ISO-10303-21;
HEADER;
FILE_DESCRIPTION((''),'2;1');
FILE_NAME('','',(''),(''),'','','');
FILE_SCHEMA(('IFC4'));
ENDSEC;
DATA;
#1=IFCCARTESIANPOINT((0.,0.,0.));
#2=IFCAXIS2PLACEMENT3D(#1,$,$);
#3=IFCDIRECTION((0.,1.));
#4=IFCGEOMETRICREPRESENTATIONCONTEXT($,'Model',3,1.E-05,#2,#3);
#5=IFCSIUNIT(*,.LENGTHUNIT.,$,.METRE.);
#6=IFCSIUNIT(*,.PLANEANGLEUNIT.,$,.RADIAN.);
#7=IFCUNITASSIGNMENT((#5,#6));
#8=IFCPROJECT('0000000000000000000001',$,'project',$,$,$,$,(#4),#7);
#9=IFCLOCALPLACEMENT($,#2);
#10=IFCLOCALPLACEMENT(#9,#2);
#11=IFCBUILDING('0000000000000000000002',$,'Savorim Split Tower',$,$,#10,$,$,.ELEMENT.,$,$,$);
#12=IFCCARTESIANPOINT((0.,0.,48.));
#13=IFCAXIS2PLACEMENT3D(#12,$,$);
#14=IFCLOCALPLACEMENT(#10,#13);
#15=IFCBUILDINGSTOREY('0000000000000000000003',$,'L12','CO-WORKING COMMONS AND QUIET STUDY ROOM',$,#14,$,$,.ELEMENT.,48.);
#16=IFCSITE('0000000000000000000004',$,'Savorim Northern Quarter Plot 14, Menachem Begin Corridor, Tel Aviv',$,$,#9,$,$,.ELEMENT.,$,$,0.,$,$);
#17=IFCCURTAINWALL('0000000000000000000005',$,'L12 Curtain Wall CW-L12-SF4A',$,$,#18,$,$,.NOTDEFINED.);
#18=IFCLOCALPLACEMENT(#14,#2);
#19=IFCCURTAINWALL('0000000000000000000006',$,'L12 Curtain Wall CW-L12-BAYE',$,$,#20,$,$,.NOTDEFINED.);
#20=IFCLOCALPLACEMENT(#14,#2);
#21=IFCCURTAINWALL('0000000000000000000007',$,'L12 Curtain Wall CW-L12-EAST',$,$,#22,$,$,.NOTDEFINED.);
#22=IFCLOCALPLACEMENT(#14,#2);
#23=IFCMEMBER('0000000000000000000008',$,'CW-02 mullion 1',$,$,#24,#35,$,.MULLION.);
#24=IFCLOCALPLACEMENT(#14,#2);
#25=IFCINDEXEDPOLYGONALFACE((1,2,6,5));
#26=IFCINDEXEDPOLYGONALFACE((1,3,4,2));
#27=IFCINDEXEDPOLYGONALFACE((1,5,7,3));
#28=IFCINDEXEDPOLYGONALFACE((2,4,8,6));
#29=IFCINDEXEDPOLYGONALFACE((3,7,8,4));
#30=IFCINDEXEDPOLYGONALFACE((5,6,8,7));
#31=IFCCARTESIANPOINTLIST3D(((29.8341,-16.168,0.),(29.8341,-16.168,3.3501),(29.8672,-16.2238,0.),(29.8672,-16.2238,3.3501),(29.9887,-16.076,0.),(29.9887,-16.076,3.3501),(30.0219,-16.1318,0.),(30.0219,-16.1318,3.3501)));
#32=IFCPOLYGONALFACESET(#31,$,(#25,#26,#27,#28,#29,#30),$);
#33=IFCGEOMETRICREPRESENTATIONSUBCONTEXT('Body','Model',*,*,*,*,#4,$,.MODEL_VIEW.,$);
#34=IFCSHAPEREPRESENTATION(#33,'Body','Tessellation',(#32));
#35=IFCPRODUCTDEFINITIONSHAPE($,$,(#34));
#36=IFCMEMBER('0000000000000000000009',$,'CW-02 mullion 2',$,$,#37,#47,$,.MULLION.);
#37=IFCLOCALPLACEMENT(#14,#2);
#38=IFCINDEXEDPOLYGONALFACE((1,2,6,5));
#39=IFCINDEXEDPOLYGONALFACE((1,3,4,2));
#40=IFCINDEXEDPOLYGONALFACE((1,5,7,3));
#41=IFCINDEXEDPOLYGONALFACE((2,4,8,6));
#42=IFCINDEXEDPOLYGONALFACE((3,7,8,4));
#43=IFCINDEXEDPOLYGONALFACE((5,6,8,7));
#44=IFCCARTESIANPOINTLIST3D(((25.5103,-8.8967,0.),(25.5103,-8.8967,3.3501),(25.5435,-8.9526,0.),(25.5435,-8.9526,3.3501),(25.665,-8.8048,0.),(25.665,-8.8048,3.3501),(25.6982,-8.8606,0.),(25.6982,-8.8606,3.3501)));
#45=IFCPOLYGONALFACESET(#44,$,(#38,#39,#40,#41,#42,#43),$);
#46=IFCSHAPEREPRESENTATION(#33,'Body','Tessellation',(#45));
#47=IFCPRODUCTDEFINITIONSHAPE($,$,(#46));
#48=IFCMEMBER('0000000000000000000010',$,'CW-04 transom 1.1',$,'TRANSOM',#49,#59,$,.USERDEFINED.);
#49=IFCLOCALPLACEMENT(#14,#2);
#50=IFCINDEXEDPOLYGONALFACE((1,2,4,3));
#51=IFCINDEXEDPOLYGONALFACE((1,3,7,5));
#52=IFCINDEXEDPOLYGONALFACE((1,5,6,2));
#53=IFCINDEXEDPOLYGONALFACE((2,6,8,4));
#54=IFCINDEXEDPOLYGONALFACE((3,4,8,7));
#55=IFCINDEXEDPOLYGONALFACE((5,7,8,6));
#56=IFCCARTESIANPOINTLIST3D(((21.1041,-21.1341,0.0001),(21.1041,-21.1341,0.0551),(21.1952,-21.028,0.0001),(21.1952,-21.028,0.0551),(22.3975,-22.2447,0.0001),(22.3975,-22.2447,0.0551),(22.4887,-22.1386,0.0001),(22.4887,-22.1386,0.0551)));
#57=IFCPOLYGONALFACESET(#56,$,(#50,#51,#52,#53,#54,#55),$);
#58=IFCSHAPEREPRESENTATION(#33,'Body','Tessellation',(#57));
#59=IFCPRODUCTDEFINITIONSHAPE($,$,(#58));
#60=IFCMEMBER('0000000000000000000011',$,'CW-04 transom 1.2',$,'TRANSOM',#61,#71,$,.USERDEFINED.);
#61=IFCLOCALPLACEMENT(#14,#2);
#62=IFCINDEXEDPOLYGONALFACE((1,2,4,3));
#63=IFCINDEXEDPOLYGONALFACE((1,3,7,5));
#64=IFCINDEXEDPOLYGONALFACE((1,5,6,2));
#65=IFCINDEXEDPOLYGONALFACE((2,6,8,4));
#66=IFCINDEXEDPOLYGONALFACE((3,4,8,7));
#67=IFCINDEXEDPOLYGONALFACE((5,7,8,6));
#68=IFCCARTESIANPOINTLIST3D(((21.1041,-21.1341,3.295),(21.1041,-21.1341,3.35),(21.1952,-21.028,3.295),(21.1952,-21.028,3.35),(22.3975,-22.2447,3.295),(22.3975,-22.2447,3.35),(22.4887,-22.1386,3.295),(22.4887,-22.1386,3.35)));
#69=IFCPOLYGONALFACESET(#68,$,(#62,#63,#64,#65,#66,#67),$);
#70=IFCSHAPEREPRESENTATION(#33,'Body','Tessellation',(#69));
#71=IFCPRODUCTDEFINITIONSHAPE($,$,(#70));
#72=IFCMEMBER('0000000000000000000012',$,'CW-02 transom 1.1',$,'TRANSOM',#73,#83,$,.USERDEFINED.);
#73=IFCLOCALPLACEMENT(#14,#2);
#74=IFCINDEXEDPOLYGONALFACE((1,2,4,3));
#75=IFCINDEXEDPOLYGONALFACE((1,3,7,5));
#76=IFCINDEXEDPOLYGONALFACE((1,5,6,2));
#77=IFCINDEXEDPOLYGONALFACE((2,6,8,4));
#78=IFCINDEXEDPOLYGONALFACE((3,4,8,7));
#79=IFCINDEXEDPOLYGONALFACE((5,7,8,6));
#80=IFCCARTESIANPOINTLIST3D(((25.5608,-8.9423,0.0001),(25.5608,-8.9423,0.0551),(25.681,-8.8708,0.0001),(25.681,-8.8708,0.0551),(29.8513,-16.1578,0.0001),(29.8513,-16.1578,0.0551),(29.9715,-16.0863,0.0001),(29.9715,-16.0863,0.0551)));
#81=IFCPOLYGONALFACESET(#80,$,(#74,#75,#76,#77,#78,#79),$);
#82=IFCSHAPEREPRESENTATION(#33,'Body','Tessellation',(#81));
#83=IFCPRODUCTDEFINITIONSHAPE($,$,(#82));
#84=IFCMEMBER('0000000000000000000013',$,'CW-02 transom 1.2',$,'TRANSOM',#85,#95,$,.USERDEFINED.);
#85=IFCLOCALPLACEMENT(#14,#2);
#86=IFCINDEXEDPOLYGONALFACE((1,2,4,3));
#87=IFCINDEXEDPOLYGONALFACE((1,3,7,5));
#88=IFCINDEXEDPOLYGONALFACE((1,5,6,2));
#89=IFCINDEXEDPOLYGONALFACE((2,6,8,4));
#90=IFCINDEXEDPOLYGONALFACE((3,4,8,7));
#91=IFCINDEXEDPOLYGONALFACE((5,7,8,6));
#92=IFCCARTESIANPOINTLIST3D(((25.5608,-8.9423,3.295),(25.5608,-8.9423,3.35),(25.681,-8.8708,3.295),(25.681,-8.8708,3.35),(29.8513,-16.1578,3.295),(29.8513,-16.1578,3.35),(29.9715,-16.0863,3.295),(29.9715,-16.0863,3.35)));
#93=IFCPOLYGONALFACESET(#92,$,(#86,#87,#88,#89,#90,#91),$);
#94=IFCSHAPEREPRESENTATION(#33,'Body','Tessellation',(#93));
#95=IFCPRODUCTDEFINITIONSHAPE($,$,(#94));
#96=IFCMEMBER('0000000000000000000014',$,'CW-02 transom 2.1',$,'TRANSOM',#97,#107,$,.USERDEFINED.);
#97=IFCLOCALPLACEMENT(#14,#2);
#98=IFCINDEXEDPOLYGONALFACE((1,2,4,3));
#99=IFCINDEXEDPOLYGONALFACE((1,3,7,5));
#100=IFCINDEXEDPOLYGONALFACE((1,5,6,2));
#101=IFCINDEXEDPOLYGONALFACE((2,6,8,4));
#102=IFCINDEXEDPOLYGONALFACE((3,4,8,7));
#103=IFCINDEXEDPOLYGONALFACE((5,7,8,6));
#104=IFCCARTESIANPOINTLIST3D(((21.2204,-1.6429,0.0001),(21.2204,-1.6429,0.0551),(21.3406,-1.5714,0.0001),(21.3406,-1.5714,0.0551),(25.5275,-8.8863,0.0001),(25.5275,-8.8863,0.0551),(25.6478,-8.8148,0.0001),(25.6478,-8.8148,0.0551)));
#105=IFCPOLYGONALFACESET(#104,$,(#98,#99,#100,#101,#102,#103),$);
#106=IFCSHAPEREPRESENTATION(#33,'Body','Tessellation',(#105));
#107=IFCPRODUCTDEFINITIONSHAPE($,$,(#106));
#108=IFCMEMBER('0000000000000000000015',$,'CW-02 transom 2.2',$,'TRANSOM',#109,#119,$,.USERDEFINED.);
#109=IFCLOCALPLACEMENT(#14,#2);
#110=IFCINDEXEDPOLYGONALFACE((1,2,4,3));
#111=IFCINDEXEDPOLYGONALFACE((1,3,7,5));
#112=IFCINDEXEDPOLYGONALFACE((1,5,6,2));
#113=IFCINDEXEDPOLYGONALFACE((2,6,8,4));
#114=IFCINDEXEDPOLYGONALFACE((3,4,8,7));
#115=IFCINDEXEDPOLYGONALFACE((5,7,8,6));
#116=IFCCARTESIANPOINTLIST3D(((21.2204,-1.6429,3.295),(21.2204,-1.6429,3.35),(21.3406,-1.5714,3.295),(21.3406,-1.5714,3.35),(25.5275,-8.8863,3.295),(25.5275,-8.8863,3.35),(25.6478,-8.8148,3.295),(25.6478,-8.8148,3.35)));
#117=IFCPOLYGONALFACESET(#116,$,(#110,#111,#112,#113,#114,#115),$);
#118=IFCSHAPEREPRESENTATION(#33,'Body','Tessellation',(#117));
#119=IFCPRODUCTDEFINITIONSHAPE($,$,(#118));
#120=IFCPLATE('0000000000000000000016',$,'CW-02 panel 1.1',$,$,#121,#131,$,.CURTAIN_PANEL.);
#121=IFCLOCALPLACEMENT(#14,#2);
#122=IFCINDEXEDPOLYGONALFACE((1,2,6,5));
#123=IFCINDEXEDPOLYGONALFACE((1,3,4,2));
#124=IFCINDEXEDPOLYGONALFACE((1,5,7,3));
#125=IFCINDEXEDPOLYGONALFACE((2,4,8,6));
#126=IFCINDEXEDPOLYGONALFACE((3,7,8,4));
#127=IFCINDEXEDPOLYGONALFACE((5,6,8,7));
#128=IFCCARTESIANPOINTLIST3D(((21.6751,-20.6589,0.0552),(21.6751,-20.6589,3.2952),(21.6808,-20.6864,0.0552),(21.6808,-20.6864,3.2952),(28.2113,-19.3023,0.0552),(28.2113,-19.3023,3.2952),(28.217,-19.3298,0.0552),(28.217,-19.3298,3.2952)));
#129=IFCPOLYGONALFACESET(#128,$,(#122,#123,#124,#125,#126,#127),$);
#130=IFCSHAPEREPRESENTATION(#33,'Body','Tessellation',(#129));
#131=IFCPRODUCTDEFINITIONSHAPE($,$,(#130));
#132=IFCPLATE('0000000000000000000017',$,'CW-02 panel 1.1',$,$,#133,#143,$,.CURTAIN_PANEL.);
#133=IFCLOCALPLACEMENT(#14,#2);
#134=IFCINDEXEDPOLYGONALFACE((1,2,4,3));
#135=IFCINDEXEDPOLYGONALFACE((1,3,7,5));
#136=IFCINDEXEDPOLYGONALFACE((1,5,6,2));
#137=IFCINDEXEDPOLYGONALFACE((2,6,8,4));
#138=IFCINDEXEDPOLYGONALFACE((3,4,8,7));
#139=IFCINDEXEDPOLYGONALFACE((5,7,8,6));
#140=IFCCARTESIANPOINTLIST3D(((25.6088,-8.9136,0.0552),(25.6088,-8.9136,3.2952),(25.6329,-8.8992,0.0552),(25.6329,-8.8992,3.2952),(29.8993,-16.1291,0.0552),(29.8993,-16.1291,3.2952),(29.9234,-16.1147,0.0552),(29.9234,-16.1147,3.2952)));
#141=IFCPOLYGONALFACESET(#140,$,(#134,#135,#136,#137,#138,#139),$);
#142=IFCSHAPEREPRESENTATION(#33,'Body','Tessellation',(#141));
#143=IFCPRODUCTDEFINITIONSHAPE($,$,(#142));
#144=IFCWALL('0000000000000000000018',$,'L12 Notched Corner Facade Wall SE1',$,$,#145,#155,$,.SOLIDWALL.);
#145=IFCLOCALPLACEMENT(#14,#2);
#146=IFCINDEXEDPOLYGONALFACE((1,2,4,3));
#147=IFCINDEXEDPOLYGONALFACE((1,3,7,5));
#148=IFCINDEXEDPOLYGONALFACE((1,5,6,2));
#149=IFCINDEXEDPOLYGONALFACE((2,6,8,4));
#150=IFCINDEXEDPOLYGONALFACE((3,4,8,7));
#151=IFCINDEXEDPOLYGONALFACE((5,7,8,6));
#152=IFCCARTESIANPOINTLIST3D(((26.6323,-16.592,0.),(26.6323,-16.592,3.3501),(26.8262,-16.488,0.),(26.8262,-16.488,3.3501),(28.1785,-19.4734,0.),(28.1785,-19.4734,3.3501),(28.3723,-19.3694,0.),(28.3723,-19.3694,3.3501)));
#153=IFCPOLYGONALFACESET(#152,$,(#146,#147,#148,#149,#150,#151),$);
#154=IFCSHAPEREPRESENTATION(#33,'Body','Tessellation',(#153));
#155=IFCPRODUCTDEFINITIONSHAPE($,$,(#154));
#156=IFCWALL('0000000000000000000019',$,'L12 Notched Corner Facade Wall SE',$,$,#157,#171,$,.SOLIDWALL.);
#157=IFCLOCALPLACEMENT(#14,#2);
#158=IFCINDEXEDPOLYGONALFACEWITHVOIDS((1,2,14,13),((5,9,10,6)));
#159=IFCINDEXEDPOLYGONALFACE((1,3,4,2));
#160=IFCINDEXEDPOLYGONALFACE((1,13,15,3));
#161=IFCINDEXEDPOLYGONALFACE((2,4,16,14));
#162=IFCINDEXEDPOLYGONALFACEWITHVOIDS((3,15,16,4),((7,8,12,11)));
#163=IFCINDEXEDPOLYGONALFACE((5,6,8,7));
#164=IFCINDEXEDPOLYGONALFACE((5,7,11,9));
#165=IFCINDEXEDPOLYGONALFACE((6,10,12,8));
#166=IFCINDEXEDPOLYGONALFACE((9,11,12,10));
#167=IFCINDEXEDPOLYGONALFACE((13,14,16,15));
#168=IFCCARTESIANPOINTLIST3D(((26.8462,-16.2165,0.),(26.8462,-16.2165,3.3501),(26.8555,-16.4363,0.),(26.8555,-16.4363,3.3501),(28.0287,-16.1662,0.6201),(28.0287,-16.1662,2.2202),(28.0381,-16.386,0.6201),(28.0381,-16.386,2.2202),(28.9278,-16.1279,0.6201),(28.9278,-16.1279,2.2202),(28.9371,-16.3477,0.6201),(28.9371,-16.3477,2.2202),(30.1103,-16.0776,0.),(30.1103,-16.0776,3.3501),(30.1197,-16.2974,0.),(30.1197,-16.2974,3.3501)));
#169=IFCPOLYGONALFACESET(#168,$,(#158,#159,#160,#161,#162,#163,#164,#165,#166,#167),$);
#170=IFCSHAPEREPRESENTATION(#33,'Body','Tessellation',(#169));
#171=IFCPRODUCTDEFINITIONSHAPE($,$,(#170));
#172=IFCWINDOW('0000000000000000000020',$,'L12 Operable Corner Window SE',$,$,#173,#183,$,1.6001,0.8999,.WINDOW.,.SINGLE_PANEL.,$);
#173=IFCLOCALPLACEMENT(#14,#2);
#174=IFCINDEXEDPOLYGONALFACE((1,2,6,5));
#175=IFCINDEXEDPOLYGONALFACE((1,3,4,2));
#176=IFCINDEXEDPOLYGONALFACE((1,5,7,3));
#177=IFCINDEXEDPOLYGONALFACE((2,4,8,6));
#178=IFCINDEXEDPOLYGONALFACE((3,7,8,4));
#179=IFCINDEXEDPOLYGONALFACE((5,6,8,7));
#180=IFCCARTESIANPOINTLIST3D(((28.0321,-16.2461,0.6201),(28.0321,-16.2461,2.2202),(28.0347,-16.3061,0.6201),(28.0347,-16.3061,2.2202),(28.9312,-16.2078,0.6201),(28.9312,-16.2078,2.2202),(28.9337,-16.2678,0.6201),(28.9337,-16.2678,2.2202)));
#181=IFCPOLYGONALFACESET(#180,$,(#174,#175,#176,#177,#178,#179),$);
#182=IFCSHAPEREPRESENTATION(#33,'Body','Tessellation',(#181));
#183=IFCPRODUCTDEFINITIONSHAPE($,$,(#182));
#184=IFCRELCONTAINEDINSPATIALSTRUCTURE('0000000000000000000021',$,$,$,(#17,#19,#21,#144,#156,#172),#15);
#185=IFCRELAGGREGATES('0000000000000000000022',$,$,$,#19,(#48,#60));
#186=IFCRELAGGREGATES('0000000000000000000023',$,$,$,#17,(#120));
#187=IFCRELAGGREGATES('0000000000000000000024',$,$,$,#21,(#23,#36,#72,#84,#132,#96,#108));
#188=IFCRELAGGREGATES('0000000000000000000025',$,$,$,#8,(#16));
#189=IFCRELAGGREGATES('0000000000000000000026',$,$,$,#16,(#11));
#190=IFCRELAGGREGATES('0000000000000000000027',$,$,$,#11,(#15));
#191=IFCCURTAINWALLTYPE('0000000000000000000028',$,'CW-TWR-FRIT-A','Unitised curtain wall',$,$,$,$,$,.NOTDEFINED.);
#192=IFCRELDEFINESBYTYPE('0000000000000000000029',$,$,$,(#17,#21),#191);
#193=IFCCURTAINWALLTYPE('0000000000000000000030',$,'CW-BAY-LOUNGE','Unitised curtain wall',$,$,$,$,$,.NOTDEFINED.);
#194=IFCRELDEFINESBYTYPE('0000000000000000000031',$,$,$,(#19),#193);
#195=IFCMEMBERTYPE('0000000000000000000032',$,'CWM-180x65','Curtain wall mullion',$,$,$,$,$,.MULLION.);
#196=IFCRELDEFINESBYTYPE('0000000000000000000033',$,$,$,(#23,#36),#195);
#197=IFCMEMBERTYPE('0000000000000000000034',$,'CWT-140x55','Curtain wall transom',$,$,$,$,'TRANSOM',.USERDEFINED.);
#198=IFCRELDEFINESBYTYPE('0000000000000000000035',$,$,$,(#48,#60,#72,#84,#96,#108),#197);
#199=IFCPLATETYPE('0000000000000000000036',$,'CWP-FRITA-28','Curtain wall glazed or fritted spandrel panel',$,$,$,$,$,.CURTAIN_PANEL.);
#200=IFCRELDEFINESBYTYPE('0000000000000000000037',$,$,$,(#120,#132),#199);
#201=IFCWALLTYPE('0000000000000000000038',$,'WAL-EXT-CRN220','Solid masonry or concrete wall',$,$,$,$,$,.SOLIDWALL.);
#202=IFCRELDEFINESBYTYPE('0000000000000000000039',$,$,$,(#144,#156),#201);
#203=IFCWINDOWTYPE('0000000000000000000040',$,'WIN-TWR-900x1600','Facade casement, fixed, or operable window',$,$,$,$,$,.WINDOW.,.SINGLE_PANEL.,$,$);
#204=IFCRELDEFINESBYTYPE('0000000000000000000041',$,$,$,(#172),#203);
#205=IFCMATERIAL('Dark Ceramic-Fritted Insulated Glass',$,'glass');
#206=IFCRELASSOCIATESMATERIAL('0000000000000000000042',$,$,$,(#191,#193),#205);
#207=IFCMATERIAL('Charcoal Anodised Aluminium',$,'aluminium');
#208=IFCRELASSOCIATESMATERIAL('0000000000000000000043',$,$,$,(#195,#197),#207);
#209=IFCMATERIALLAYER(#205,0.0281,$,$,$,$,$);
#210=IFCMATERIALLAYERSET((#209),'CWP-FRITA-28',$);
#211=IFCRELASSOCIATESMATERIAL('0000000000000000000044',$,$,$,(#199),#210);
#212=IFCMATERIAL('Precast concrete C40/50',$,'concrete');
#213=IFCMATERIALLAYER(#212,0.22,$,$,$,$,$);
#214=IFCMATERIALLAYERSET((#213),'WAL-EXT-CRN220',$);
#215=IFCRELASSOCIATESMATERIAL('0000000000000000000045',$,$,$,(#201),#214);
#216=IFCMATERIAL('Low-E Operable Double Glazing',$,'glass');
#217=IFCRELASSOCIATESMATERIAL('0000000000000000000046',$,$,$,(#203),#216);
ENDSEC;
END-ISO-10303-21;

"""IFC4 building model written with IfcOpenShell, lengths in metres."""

from ifc_helpers import new_model, si_unit, direction, frame, frame_2d, origin, origin_2d, place, context, subcontext, project, spatial, rectangle, extrude, material, layer, layer_set, material_profile, profile_set, type_object, element, fill, aggregate, save


model = new_model("IFC4")

# Units and contexts
model_context = context("Model", 3, precision=1e-05, world=origin(), true_north=direction((0.0, 1.0)))
body_context = subcontext(model_context, "Body", "Model", "MODEL_VIEW")
ifc_project = project(units=[si_unit("LENGTHUNIT", "METRE"), si_unit("PLANEANGLEUNIT", "RADIAN")], contexts=[model_context])

# Site, building, storey
site_placement = place(None, origin())
site = spatial("IfcSite", under=ifc_project, at=site_placement, Name="Savorim Northern Quarter Plot 14, Menachem Begin Corridor, Tel Aviv", CompositionType="ELEMENT", RefElevation=0.0)
building_placement = place(site_placement, origin())
building = spatial("IfcBuilding", under=site, at=building_placement, Name="Savorim Split Tower", CompositionType="ELEMENT")
storey_placement = place(building_placement, frame((0.0, 0.0, 48.0)))
storey = spatial("IfcBuildingStorey", under=building, at=storey_placement, Name="L12", Description="CO-WORKING COMMONS AND QUIET STUDY ROOM", CompositionType="ELEMENT", Elevation=48.0)

# Curtain walls
ifc_material_1 = material(Name="Dark Ceramic-Fritted Insulated Glass", Category="glass")
curtain_wall_type_1 = type_object("IfcCurtainWallType", Name="CW-TWR-FRIT-A", Description="Unitised curtain wall", PredefinedType="NOTDEFINED", material=ifc_material_1)
curtain_wall_1_placement = place(storey_placement, origin())
curtain_wall_1 = element("IfcCurtainWall", 1, at=curtain_wall_1_placement, inside=storey, type_object=curtain_wall_type_1, Name="L12 Curtain Wall CW-L12-SF4A", PredefinedType="NOTDEFINED")
ifc_material_2 = material(Name="Charcoal Anodised Aluminium", Category="aluminium")
ifc_material_profile_1 = material_profile(ifc_material_2, rectangle(XDim=0.1799, YDim=0.0649, at=origin_2d()), Name="ALU-M 180x65")
ifc_profile_set_1 = profile_set([ifc_material_profile_1], Name="Charcoal Anodised Aluminium")
member_type_1 = type_object("IfcMemberType", Name="CWM-180x65", Description="Curtain wall mullion", PredefinedType="MULLION", material=ifc_profile_set_1)
curtain_wall_type_2 = type_object("IfcCurtainWallType", Name="CW-BAY-LOUNGE", Description="Unitised curtain wall", PredefinedType="NOTDEFINED", material=ifc_material_1)
curtain_wall_2_placement = place(storey_placement, origin())
curtain_wall_2 = element("IfcCurtainWall", 2, at=curtain_wall_2_placement, inside=storey, type_object=curtain_wall_type_2, Name="L12 Curtain Wall CW-L12-BAYE", PredefinedType="NOTDEFINED")

# Curtain wall, members
curtain_wall_3_placement = place(storey_placement, origin())
curtain_wall_3 = element("IfcCurtainWall", 3, at=curtain_wall_3_placement, inside=storey, type_object=curtain_wall_type_1, Name="L12 Curtain Wall CW-L12-EAST", PredefinedType="NOTDEFINED")
member_1_placement = place(storey_placement, frame((29.928, -16.1499, 0.0), z_axis=(0.0, 0.0, 1.0), x_axis=(-0.859526, -0.511092, 0.0)))
member_1 = element("IfcMember", 4, at=member_1_placement, type_object=member_type_1, Name="CW-02 mullion 1", PredefinedType="MULLION", context=body_context, shape_type="SweptSolid", body=[
    extrude(rectangle(XDim=0.1799, YDim=0.0649, at=origin_2d()), origin(), (0.0, 0.0, 1.0), 3.3501),
])
member_2_placement = place(storey_placement, frame((25.6042, -8.8787, 0.0), z_axis=(0.0, 0.0, 1.0), x_axis=(-0.859526, -0.511092, 0.0)))
member_2 = element("IfcMember", 5, at=member_2_placement, type_object=member_type_1, Name="CW-02 mullion 2", PredefinedType="MULLION", context=body_context, shape_type="SweptSolid", body=[
    extrude(rectangle(XDim=0.1799, YDim=0.0649, at=origin_2d()), origin(), (0.0, 0.0, 1.0), 3.3501),
])

# Members
ifc_material_profile_2 = material_profile(ifc_material_2, rectangle(XDim=0.1399, YDim=0.0549, at=origin_2d()), Name="ALU-T 140x55")
ifc_profile_set_2 = profile_set([ifc_material_profile_2], Name="Charcoal Anodised Aluminium")
member_type_2 = type_object("IfcMemberType", Name="CWT-140x55", Description="Curtain wall transom", ElementType="TRANSOM", PredefinedType="USERDEFINED", material=ifc_profile_set_2)
member_3_placement = place(storey_placement, frame((22.4431, -22.1917, 0.0276), z_axis=(-0.7587, 0.65144, 0.0), x_axis=(-0.65144, -0.7587, 0.0)))
member_3 = element("IfcMember", 6, at=member_3_placement, type_object=member_type_2, Name="CW-04 transom 1.1", ObjectType="TRANSOM", PredefinedType="USERDEFINED", context=body_context, shape_type="SweptSolid", body=[
    extrude(rectangle(XDim=0.1399, YDim=0.0549, at=origin_2d()), origin(), (0.0, 0.0, 1.0), 1.7048),
])
member_4_placement = place(storey_placement, frame((22.4431, -22.1917, 3.3225), z_axis=(-0.7587, 0.65144, 0.0), x_axis=(-0.65144, -0.7587, 0.0)))
member_4 = element("IfcMember", 7, at=member_4_placement, type_object=member_type_2, Name="CW-04 transom 1.2", ObjectType="TRANSOM", PredefinedType="USERDEFINED", context=body_context, shape_type="SweptSolid", body=[
    extrude(rectangle(XDim=0.1399, YDim=0.0549, at=origin_2d()), origin(), (0.0, 0.0, 1.0), 1.7048),
])
aggregate(curtain_wall_2, [member_3, member_4])
member_5_placement = place(storey_placement, frame((29.9114, -16.1221, 0.0276), z_axis=(-0.511092, 0.859526, 0.0), x_axis=(-0.859526, -0.511092, 0.0)))
member_5 = element("IfcMember", 8, at=member_5_placement, type_object=member_type_2, Name="CW-02 transom 1.1", ObjectType="TRANSOM", PredefinedType="USERDEFINED", context=body_context, shape_type="SweptSolid", body=[
    extrude(rectangle(XDim=0.1399, YDim=0.0549, at=origin_2d()), origin(), (0.0, 0.0, 1.0), 8.3948),
])
member_6_placement = place(storey_placement, frame((29.9114, -16.1221, 3.3225), z_axis=(-0.511092, 0.859526, 0.0), x_axis=(-0.859526, -0.511092, 0.0)))
member_6 = element("IfcMember", 9, at=member_6_placement, type_object=member_type_2, Name="CW-02 transom 1.2", ObjectType="TRANSOM", PredefinedType="USERDEFINED", context=body_context, shape_type="SweptSolid", body=[
    extrude(rectangle(XDim=0.1399, YDim=0.0549, at=origin_2d()), origin(), (0.0, 0.0, 1.0), 8.3948),
])
member_7_placement = place(storey_placement, frame((25.5876, -8.8506, 0.0276), z_axis=(-0.511096, 0.859524, 0.0), x_axis=(-0.859524, -0.511096, 0.0)))
member_7 = element("IfcMember", 10, at=member_7_placement, type_object=member_type_2, Name="CW-02 transom 2.1", ObjectType="TRANSOM", PredefinedType="USERDEFINED", context=body_context, shape_type="SweptSolid", body=[
    extrude(rectangle(XDim=0.1399, YDim=0.0549, at=origin_2d()), origin(), (0.0, 0.0, 1.0), 8.4272),
])
member_8_placement = place(storey_placement, frame((25.5876, -8.8506, 3.3225), z_axis=(-0.511096, 0.859524, 0.0), x_axis=(-0.859524, -0.511096, 0.0)))
member_8 = element("IfcMember", 11, at=member_8_placement, type_object=member_type_2, Name="CW-02 transom 2.2", ObjectType="TRANSOM", PredefinedType="USERDEFINED", context=body_context, shape_type="SweptSolid", body=[
    extrude(rectangle(XDim=0.1399, YDim=0.0549, at=origin_2d()), origin(), (0.0, 0.0, 1.0), 8.4272),
])

# Plates
ifc_layer_1 = layer(ifc_material_1, 0.0281)
ifc_layer_set_1 = layer_set([ifc_layer_1], Name="CWP-FRITA-28")
plate_type = type_object("IfcPlateType", Name="CWP-FRITA-28", Description="Curtain wall glazed or fritted spandrel panel", PredefinedType="CURTAIN_PANEL", material=ifc_layer_set_1)
plate_1_placement = place(storey_placement, frame((24.946, -19.9944, 0.0552), z_axis=(0.0, 0.0, 1.0), x_axis=(0.979134, 0.203218, 0.0)))
plate_1 = element("IfcPlate", 12, at=plate_1_placement, type_object=plate_type, Name="CW-02 panel 1.1", PredefinedType="CURTAIN_PANEL", context=body_context, shape_type="SweptSolid", body=[
    extrude(rectangle(XDim=6.6755, YDim=0.0281, at=origin_2d()), origin(), (0.0, 0.0, 1.0), 3.24),
])
aggregate(curtain_wall_1, [plate_1])
plate_2_placement = place(storey_placement, frame((27.7661, -12.5142, 0.0552), z_axis=(0.0, 0.0, 1.0), x_axis=(-0.511092, 0.859526, 0.0)))
plate_2 = element("IfcPlate", 13, at=plate_2_placement, type_object=plate_type, Name="CW-02 panel 1.1", PredefinedType="CURTAIN_PANEL", context=body_context, shape_type="SweptSolid", body=[
    extrude(rectangle(XDim=8.3948, YDim=0.0281, at=origin_2d()), origin(), (0.0, 0.0, 1.0), 3.24),
])
aggregate(curtain_wall_3, [member_1, member_2, member_5, member_6, plate_2, member_7, member_8])

# Wall
ifc_material_3 = material(Name="Precast concrete C40/50", Category="concrete")
ifc_layer_2 = layer(ifc_material_3, 0.22)
ifc_layer_set_2 = layer_set([ifc_layer_2], Name="WAL-EXT-CRN220")
wall_type = type_object("IfcWallType", Name="WAL-EXT-CRN220", Description="Solid masonry or concrete wall", PredefinedType="SOLIDWALL", material=ifc_layer_set_2)
wall_1_placement = place(storey_placement, frame((26.7292, -16.54, 0.0), z_axis=(0.0, 0.0, 1.0), x_axis=(0.47283, -0.881153, 0.0)))
element("IfcWall", 14, at=wall_1_placement, inside=storey, type_object=wall_type, Name="L12 Notched Corner Facade Wall SE1", PredefinedType="SOLIDWALL", context=body_context, shape_type="SweptSolid", body=[
    extrude(rectangle(XDim=3.27, YDim=0.22, at=frame_2d((1.635, 0.0))), origin(), (0.0, 0.0, 1.0), 3.3501),
])

# Wall, opening, window
wall_2_placement = place(storey_placement, frame((30.115, -16.1875, 0.0), z_axis=(0.0, 0.0, 1.0), x_axis=(-0.999096, -0.042519, 0.0)))
wall_2 = element("IfcWall", 15, at=wall_2_placement, inside=storey, type_object=wall_type, Name="L12 Notched Corner Facade Wall SE", PredefinedType="SOLIDWALL", context=body_context, shape_type="SweptSolid", body=[
    extrude(rectangle(XDim=3.2671, YDim=0.22, at=frame_2d((1.6335, 0.0))), origin(), (0.0, 0.0, 1.0), 3.3501),
])
opening_placement = place(wall_2_placement, frame((1.1836, 0.0, 0.6201)))
opening = element("IfcOpeningElement", 16, at=opening_placement, cuts=wall_2, PredefinedType="OPENING", context=body_context, shape_type="SweptSolid", body=[
    extrude(rectangle(XDim=0.8999, YDim=1.6001, at=frame_2d((0.45, 0.8))), frame((0.0, 0.1199, 0.0), z_axis=(0.0, -1.0, 0.0), x_axis=(1.0, 0.0, 0.0)), (0.0, 0.0, 1.0), 0.24),
])
ifc_material_4 = material(Name="Low-E Operable Double Glazing", Category="glass")
window_type = type_object("IfcWindowType", Name="WIN-TWR-900x1600", Description="Facade casement, fixed, or operable window", PartitioningType="SINGLE_PANEL", PredefinedType="WINDOW", material=ifc_material_4)
window_placement = place(opening_placement, origin())
window = element("IfcWindow", 17, at=window_placement, inside=storey, type_object=window_type, Name="L12 Operable Corner Window SE", OverallHeight=1.6001, OverallWidth=0.8999, PartitioningType="SINGLE_PANEL", PredefinedType="WINDOW", context=body_context, shape_type="SweptSolid", body=[
    extrude(rectangle(XDim=0.8999, YDim=1.6001, at=frame_2d((0.45, 0.8))), frame((0.0, 0.03, 0.0), z_axis=(0.0, -1.0, 0.0), x_axis=(1.0, 0.0, 0.0)), (0.0, 0.0, 1.0), 0.0601),
])
fill(opening, window)

save(model, "model.ifc")
